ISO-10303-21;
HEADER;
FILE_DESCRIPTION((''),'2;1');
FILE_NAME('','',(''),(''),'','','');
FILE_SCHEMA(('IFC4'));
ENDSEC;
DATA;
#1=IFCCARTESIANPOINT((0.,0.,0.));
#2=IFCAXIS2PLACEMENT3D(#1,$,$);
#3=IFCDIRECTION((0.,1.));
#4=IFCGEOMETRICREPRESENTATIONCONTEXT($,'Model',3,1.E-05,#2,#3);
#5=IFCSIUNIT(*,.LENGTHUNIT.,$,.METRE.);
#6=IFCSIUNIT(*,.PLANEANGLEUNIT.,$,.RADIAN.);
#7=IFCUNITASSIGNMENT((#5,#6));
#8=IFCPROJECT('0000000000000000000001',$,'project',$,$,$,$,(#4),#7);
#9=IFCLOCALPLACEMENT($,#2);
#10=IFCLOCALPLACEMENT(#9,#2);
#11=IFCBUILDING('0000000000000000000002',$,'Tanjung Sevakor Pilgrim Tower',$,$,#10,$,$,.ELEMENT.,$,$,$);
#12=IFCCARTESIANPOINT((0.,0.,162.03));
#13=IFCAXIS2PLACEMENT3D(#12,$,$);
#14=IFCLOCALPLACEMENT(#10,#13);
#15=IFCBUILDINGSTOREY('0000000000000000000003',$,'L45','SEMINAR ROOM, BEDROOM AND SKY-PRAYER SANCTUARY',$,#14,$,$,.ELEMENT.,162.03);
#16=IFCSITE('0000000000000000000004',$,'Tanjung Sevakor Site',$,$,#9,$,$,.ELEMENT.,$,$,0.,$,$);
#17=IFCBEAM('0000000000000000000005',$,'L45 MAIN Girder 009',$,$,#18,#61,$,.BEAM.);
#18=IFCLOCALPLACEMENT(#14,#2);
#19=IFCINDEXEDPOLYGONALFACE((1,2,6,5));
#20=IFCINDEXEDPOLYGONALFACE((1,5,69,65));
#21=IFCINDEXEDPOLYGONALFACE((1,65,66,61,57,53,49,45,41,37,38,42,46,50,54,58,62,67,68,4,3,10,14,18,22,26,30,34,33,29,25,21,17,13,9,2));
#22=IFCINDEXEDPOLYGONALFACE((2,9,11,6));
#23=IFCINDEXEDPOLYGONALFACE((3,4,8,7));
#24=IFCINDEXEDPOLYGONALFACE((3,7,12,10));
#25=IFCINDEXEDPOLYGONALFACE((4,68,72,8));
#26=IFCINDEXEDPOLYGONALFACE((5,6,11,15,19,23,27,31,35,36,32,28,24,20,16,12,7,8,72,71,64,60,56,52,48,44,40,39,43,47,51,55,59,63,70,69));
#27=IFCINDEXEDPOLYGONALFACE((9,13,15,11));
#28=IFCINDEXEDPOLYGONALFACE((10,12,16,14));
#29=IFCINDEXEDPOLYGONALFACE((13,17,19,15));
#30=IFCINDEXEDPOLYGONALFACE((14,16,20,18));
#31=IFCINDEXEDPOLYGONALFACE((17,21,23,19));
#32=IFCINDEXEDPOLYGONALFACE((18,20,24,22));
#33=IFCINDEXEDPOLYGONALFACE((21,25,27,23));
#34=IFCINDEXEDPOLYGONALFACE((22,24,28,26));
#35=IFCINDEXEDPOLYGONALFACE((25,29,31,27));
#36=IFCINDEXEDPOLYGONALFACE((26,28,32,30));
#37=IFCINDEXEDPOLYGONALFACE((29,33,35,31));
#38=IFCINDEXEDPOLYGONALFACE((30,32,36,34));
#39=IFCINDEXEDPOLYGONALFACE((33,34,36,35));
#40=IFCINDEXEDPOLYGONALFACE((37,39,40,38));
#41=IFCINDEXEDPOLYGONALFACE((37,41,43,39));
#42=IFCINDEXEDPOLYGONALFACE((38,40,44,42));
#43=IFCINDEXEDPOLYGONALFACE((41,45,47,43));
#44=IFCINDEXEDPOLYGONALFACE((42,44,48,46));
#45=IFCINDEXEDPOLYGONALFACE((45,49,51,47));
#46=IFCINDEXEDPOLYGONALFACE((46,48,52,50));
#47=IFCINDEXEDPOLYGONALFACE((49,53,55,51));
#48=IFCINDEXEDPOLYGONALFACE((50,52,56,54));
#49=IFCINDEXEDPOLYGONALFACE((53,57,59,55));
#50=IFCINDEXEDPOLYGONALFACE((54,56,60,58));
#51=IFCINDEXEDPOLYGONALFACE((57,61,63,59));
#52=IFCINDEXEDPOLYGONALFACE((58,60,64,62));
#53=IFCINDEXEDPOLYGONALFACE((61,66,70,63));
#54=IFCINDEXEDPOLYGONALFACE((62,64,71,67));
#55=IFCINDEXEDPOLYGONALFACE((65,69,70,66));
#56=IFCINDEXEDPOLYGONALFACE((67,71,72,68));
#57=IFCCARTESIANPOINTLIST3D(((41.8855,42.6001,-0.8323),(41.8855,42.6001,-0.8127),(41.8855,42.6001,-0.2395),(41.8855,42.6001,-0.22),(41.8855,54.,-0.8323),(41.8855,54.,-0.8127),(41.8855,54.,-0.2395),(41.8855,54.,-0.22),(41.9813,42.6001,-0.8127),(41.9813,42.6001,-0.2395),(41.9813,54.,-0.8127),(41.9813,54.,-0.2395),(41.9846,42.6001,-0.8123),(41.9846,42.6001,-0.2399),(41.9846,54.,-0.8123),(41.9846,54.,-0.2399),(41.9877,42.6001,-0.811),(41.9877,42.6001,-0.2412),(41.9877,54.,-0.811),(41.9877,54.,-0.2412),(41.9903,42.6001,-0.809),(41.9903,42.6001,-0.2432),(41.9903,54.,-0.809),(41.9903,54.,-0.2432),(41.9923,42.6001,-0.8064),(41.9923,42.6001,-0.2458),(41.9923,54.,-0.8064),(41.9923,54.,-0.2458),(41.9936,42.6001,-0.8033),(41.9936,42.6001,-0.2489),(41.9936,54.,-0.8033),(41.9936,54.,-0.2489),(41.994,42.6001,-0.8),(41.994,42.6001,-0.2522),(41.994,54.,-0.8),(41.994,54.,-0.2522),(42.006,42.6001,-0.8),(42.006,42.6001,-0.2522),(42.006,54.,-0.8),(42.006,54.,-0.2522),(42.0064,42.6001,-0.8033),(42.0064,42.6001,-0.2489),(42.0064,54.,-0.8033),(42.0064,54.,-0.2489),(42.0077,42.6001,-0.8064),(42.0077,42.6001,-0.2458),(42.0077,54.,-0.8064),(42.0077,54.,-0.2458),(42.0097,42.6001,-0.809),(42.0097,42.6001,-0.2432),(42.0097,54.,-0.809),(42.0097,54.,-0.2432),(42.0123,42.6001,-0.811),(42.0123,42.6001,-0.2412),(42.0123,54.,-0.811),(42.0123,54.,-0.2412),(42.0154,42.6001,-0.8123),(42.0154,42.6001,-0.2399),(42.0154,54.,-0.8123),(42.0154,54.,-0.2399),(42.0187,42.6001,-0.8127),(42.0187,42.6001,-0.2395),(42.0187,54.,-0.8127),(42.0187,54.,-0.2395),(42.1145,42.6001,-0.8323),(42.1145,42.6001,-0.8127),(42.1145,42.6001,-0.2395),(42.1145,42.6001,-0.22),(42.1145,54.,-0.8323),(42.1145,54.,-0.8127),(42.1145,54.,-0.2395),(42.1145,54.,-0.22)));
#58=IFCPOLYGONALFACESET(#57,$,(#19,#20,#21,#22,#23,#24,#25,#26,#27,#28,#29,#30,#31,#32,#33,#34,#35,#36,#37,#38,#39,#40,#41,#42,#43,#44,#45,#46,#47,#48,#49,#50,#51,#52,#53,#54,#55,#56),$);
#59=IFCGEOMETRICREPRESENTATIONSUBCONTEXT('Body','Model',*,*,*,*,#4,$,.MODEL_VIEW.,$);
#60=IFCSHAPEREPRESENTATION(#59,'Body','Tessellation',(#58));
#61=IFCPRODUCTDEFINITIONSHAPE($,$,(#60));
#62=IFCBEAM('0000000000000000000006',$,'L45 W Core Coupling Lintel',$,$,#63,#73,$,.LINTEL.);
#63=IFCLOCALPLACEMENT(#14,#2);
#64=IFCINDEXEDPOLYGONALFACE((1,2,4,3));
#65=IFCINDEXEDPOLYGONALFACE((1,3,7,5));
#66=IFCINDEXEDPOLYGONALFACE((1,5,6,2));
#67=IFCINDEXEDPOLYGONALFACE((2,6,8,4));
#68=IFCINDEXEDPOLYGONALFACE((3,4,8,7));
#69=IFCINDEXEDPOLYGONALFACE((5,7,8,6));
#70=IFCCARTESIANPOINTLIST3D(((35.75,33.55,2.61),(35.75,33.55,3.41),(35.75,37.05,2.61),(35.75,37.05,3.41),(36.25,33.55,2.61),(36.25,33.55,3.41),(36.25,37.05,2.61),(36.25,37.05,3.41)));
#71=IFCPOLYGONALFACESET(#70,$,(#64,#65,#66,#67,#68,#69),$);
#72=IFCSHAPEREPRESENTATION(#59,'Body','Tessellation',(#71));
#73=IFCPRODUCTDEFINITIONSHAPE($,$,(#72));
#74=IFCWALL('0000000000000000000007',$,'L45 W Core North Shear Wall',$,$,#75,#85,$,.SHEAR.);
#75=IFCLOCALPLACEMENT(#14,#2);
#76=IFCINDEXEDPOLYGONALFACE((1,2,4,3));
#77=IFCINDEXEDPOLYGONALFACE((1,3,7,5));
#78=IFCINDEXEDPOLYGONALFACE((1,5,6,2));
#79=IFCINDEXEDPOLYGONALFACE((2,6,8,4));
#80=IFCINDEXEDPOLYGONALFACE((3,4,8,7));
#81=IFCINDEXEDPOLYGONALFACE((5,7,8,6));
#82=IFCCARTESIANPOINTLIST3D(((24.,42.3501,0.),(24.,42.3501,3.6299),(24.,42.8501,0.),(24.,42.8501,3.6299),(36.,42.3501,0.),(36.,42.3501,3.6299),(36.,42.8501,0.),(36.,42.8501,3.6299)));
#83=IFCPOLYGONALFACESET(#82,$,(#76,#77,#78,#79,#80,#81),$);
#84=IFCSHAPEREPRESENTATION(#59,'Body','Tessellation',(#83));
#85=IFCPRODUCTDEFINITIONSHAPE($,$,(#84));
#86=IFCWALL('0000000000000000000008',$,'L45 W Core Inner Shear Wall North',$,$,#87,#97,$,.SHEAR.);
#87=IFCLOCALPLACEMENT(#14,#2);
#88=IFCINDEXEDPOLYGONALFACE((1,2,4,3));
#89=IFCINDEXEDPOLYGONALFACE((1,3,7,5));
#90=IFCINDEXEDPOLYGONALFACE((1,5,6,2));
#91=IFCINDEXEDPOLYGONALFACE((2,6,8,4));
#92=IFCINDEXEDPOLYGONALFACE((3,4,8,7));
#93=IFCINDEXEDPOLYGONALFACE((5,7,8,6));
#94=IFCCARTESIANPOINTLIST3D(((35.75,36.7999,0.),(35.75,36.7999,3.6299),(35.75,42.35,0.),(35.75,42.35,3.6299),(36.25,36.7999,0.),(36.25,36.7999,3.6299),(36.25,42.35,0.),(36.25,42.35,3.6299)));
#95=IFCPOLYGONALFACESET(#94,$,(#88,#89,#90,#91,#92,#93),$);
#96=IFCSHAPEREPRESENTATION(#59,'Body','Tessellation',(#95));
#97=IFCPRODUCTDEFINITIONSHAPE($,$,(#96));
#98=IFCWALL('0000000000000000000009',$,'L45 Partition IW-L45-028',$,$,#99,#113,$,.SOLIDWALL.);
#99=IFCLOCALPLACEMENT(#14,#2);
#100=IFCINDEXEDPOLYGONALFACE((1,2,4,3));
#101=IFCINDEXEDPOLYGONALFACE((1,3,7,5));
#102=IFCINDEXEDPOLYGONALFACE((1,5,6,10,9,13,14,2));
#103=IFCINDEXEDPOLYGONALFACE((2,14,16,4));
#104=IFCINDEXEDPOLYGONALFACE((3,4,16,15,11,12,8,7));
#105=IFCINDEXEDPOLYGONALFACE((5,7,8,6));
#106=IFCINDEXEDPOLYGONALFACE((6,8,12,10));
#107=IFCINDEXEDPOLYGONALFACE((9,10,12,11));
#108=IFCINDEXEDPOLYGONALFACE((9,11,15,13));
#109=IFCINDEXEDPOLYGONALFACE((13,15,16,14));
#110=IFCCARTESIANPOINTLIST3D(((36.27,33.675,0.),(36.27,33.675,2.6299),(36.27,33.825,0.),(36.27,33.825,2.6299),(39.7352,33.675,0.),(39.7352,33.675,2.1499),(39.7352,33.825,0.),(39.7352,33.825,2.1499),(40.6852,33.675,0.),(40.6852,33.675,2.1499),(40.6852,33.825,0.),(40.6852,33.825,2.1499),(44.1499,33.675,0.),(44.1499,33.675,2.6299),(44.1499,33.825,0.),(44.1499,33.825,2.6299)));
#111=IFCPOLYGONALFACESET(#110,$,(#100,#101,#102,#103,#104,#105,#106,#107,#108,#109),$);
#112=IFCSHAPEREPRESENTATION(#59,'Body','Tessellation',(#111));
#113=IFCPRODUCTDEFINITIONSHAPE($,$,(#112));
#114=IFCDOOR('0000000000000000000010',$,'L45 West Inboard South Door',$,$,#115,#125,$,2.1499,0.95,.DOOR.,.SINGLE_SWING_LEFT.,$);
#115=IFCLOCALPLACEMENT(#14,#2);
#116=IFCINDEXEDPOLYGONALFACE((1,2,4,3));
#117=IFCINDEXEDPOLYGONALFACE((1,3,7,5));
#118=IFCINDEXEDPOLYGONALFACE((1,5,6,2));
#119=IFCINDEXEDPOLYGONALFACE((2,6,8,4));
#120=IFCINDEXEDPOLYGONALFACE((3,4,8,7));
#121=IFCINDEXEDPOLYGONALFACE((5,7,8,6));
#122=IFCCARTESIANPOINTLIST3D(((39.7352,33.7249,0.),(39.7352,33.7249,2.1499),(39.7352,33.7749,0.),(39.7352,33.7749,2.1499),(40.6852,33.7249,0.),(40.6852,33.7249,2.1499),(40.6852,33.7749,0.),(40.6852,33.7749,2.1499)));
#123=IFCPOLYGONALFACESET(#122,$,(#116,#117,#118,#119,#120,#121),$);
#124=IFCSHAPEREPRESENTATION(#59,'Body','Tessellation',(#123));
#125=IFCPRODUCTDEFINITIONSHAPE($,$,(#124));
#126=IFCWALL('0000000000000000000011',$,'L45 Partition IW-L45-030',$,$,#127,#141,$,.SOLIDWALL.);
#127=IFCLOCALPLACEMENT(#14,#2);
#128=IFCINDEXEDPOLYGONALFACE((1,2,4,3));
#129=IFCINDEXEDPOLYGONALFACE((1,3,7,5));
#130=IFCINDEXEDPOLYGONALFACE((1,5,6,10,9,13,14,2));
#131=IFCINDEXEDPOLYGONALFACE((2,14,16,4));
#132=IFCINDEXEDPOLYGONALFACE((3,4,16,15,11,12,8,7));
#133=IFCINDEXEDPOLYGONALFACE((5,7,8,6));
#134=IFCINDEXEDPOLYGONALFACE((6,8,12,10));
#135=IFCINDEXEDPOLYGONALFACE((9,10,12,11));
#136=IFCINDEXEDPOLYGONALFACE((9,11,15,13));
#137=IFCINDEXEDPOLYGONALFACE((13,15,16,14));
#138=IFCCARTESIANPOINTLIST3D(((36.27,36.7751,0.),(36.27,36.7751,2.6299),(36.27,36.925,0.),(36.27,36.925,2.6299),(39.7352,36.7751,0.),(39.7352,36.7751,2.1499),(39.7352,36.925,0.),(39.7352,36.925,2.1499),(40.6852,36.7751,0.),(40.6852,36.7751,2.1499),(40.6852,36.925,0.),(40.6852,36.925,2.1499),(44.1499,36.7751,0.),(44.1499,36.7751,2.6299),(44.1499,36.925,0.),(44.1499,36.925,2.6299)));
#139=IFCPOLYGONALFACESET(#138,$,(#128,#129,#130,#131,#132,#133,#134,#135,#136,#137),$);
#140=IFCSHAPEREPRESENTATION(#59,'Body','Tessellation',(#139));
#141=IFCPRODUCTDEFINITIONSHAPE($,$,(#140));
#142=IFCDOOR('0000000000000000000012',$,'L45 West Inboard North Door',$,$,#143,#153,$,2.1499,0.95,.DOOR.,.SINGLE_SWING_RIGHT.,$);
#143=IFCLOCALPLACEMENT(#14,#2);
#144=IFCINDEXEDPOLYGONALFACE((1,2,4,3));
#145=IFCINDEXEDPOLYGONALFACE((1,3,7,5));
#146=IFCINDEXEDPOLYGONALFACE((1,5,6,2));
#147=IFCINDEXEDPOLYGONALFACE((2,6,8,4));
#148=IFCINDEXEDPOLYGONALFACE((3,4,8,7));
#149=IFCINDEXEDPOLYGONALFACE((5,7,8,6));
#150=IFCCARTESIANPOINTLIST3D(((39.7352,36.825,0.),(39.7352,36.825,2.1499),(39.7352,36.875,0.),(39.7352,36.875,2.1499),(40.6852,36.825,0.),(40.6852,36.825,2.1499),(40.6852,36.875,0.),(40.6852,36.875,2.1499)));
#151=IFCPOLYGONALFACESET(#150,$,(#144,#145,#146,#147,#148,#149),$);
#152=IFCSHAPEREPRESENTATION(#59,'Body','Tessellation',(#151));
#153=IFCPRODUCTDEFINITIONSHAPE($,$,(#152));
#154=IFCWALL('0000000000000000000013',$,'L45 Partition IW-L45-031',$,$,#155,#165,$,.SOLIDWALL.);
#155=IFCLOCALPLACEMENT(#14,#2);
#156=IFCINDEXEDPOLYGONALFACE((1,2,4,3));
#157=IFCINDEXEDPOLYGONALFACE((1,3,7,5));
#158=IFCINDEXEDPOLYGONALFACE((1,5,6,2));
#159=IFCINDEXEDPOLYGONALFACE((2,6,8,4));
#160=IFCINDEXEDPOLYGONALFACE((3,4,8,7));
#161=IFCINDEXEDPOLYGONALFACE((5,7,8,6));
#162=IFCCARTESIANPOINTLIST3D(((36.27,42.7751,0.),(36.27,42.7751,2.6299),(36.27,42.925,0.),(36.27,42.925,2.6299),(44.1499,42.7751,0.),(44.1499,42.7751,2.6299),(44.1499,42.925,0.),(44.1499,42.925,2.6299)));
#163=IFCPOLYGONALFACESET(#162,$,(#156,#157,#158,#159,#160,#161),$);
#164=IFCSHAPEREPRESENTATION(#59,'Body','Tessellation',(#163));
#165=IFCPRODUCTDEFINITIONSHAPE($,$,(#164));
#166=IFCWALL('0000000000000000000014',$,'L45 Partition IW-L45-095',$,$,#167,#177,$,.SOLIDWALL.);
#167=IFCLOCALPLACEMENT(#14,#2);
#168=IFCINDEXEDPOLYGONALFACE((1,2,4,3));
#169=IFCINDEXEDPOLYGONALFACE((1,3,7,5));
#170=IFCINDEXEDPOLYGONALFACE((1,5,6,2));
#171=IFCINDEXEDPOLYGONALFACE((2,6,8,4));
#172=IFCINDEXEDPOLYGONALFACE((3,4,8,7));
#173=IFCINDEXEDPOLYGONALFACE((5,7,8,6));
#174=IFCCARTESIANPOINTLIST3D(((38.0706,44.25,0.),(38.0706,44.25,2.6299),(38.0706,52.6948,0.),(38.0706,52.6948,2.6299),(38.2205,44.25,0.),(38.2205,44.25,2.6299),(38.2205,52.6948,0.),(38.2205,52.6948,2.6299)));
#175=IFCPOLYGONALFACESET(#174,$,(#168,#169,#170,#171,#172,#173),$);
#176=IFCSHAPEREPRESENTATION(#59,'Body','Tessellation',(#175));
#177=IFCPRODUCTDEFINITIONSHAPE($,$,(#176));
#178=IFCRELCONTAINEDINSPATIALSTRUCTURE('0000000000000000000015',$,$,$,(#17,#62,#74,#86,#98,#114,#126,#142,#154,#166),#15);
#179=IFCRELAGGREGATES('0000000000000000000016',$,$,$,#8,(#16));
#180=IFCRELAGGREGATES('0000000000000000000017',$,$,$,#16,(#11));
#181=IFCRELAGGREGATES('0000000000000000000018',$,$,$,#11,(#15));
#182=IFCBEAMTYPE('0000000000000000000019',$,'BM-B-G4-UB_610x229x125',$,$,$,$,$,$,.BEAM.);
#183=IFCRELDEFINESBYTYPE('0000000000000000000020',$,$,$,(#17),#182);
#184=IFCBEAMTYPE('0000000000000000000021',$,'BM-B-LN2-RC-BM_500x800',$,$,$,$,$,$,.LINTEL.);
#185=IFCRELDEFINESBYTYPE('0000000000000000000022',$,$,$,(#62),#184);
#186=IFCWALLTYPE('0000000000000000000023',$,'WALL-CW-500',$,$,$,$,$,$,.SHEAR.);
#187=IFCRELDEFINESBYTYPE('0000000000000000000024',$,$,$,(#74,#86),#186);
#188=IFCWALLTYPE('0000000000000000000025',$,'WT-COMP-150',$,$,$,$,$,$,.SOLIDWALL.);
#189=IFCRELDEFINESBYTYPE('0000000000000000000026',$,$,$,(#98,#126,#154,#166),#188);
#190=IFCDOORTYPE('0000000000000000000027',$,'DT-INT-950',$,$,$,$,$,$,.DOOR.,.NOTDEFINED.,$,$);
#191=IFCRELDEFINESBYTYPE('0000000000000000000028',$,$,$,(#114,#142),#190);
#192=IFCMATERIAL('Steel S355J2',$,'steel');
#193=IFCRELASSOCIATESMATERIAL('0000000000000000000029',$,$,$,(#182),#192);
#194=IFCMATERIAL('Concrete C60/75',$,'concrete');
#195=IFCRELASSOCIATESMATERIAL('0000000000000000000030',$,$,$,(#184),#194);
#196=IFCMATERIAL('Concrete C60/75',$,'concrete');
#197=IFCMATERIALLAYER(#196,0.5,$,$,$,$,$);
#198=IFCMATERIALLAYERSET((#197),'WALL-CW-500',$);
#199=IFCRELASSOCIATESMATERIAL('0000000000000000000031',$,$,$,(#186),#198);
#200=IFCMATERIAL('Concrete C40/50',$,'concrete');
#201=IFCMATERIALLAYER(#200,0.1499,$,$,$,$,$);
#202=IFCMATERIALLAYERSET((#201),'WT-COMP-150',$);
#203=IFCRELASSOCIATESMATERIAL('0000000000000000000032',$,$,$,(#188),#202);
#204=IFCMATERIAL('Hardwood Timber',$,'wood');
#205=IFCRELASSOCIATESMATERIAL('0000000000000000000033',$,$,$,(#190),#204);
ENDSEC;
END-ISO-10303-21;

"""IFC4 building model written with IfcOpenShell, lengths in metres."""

from ifc_helpers import new_model, si_unit, direction, frame, frame_2d, origin, origin_2d, place, context, subcontext, project, spatial, rectangle, i_section, extrude, material, layer, layer_set, material_profile, profile_set, type_object, element, fill, save


model = new_model("IFC4")

# Units and contexts
model_context = context("Model", 3, precision=1e-05, world=origin(), true_north=direction((0.0, 1.0)))
body_context = subcontext(model_context, "Body", "Model", "MODEL_VIEW")
ifc_project = project(units=[si_unit("LENGTHUNIT", "METRE"), si_unit("PLANEANGLEUNIT", "RADIAN")], contexts=[model_context])

# Site, building, storey
site_placement = place(None, origin())
site = spatial("IfcSite", under=ifc_project, at=site_placement, Name="Tanjung Sevakor Site", CompositionType="ELEMENT", RefElevation=0.0)
building_placement = place(site_placement, origin())
building = spatial("IfcBuilding", under=site, at=building_placement, Name="Tanjung Sevakor Pilgrim Tower", CompositionType="ELEMENT")
storey_placement = place(building_placement, frame((0.0, 0.0, 162.03)))
storey = spatial("IfcBuildingStorey", under=building, at=storey_placement, Name="L45", Description="SEMINAR ROOM, BEDROOM AND SKY-PRAYER SANCTUARY", CompositionType="ELEMENT", Elevation=162.03)

# Beams
ifc_material_1 = material(Name="Steel S355J2", Category="steel")
ifc_material_profile_1 = material_profile(ifc_material_1, i_section(OverallWidth=0.229, OverallDepth=0.6123, WebThickness=0.012, FlangeThickness=0.0195, FilletRadius=0.0127, at=origin_2d()))
ifc_profile_set_1 = profile_set([ifc_material_profile_1], Name="Steel S355J2")
beam_type_1 = type_object("IfcBeamType", Name="BM-B-G4-UB_610x229x125", PredefinedType="BEAM", material=ifc_profile_set_1)
beam_1_placement = place(storey_placement, frame((42.0, 42.6001, -0.5261), z_axis=(0.0, 1.0, 0.0), x_axis=(-1.0, 0.0, 0.0)))
element("IfcBeam", 1, at=beam_1_placement, inside=storey, type_object=beam_type_1, Name="L45 MAIN Girder 009", PredefinedType="BEAM", context=body_context, shape_type="SweptSolid", body=[
    extrude(i_section(OverallWidth=0.229, OverallDepth=0.6123, WebThickness=0.012, FlangeThickness=0.0195, FilletRadius=0.0127, at=origin_2d()), origin(), (0.0, 0.0, 1.0), 11.3999),
])
ifc_material_2 = material(Name="Concrete C60/75", Category="concrete")
ifc_material_profile_2 = material_profile(ifc_material_2, rectangle(XDim=0.5, YDim=0.8, at=origin_2d()))
ifc_profile_set_2 = profile_set([ifc_material_profile_2], Name="Concrete C60/75")
beam_type_2 = type_object("IfcBeamType", Name="BM-B-LN2-RC-BM_500x800", PredefinedType="LINTEL", material=ifc_profile_set_2)
beam_2_placement = place(storey_placement, frame((36.0, 33.55, 3.01), z_axis=(0.0, 1.0, 0.0), x_axis=(-1.0, 0.0, 0.0)))
element("IfcBeam", 2, at=beam_2_placement, inside=storey, type_object=beam_type_2, Name="L45 W Core Coupling Lintel", PredefinedType="LINTEL", context=body_context, shape_type="SweptSolid", body=[
    extrude(rectangle(XDim=0.5, YDim=0.8, at=origin_2d()), origin(), (0.0, 0.0, 1.0), 3.5),
])

# Walls
ifc_material_3 = material(Name="Concrete C60/75", Category="concrete")
ifc_layer_1 = layer(ifc_material_3, 0.5)
ifc_layer_set_1 = layer_set([ifc_layer_1], Name="WALL-CW-500")
wall_type_1 = type_object("IfcWallType", Name="WALL-CW-500", PredefinedType="SHEAR", material=ifc_layer_set_1)
wall_1_placement = place(storey_placement, frame((36.0, 42.6001, 0.0), z_axis=(0.0, 0.0, 1.0), x_axis=(-1.0, 0.0, 0.0)))
element("IfcWall", 3, at=wall_1_placement, inside=storey, type_object=wall_type_1, Name="L45 W Core North Shear Wall", PredefinedType="SHEAR", context=body_context, shape_type="SweptSolid", body=[
    extrude(rectangle(XDim=12.0, YDim=0.5, at=frame_2d((6.0, 0.0))), origin(), (0.0, 0.0, 1.0), 3.6299),
])
wall_2_placement = place(storey_placement, frame((36.0, 36.8, 0.0), z_axis=(0.0, 0.0, 1.0), x_axis=(0.0, 1.0, 0.0)))
element("IfcWall", 4, at=wall_2_placement, inside=storey, type_object=wall_type_1, Name="L45 W Core Inner Shear Wall North", PredefinedType="SHEAR", context=body_context, shape_type="SweptSolid", body=[
    extrude(rectangle(XDim=5.55, YDim=0.5, at=frame_2d((2.7749, 0.0))), origin(), (0.0, 0.0, 1.0), 3.6299),
])

# Walls, openings, doors
ifc_material_4 = material(Name="Concrete C40/50", Category="concrete")
ifc_layer_2 = layer(ifc_material_4, 0.1499)
ifc_layer_set_2 = layer_set([ifc_layer_2], Name="WT-COMP-150")
wall_type_2 = type_object("IfcWallType", Name="WT-COMP-150", PredefinedType="SOLIDWALL", material=ifc_layer_set_2)
wall_3_placement = place(storey_placement, frame((36.27, 33.75, 0.0), z_axis=(0.0, 0.0, 1.0), x_axis=(1.0, 0.0, 0.0)))
wall_3 = element("IfcWall", 5, at=wall_3_placement, inside=storey, type_object=wall_type_2, Name="L45 Partition IW-L45-028", PredefinedType="SOLIDWALL", context=body_context, shape_type="SweptSolid", body=[
    extrude(rectangle(XDim=7.8799, YDim=0.1499, at=frame_2d((3.9399, 0.0))), origin(), (0.0, 0.0, 1.0), 2.6299),
])
opening_1_placement = place(wall_3_placement, frame((3.4651, 0.0, 0.0)))
opening_1 = element("IfcOpeningElement", 6, at=opening_1_placement, cuts=wall_3, PredefinedType="OPENING", context=body_context, shape_type="SweptSolid", body=[
    extrude(rectangle(XDim=0.95, YDim=2.1499, at=frame_2d((0.4751, 1.075))), frame((0.0, 0.085, 0.0), z_axis=(0.0, -1.0, 0.0), x_axis=(1.0, 0.0, 0.0)), (0.0, 0.0, 1.0), 0.1699),
])
ifc_material_5 = material(Name="Hardwood Timber", Category="wood")
door_type_1 = type_object("IfcDoorType", Name="DT-INT-950", OperationType="NOTDEFINED", PredefinedType="DOOR", material=ifc_material_5)
door_1_placement = place(opening_1_placement, origin())
door_1 = element("IfcDoor", 7, at=door_1_placement, inside=storey, type_object=door_type_1, Name="L45 West Inboard South Door", OperationType="SINGLE_SWING_LEFT", OverallHeight=2.1499, OverallWidth=0.95, PredefinedType="DOOR", context=body_context, shape_type="SweptSolid", body=[
    extrude(rectangle(XDim=0.95, YDim=2.1499, at=frame_2d((0.4751, 1.075))), frame((0.0, 0.0249, 0.0), z_axis=(0.0, -1.0, 0.0), x_axis=(1.0, 0.0, 0.0)), (0.0, 0.0, 1.0), 0.05),
])
fill(opening_1, door_1)
wall_4_placement = place(storey_placement, frame((36.27, 36.8501, 0.0), z_axis=(0.0, 0.0, 1.0), x_axis=(1.0, 0.0, 0.0)))
wall_4 = element("IfcWall", 8, at=wall_4_placement, inside=storey, type_object=wall_type_2, Name="L45 Partition IW-L45-030", PredefinedType="SOLIDWALL", context=body_context, shape_type="SweptSolid", body=[
    extrude(rectangle(XDim=7.8799, YDim=0.1499, at=frame_2d((3.9399, 0.0))), origin(), (0.0, 0.0, 1.0), 2.6299),
])
opening_2_placement = place(wall_4_placement, frame((3.4651, 0.0, 0.0)))
opening_2 = element("IfcOpeningElement", 9, at=opening_2_placement, cuts=wall_4, PredefinedType="OPENING", context=body_context, shape_type="SweptSolid", body=[
    extrude(rectangle(XDim=0.95, YDim=2.1499, at=frame_2d((0.4751, 1.075))), frame((0.0, 0.085, 0.0), z_axis=(0.0, -1.0, 0.0), x_axis=(1.0, 0.0, 0.0)), (0.0, 0.0, 1.0), 0.1699),
])
door_2_placement = place(opening_2_placement, origin())
door_2 = element("IfcDoor", 10, at=door_2_placement, inside=storey, type_object=door_type_1, Name="L45 West Inboard North Door", OperationType="SINGLE_SWING_RIGHT", OverallHeight=2.1499, OverallWidth=0.95, PredefinedType="DOOR", context=body_context, shape_type="SweptSolid", body=[
    extrude(rectangle(XDim=0.95, YDim=2.1499, at=frame_2d((0.4751, 1.075))), frame((0.0, 0.0249, 0.0), z_axis=(0.0, -1.0, 0.0), x_axis=(1.0, 0.0, 0.0)), (0.0, 0.0, 1.0), 0.05),
])
fill(opening_2, door_2)

# Walls
wall_5_placement = place(storey_placement, frame((36.27, 42.8501, 0.0), z_axis=(0.0, 0.0, 1.0), x_axis=(1.0, 0.0, 0.0)))
element("IfcWall", 11, at=wall_5_placement, inside=storey, type_object=wall_type_2, Name="L45 Partition IW-L45-031", PredefinedType="SOLIDWALL", context=body_context, shape_type="SweptSolid", body=[
    extrude(rectangle(XDim=7.8799, YDim=0.1499, at=frame_2d((3.9399, 0.0))), origin(), (0.0, 0.0, 1.0), 2.6299),
])
wall_6_placement = place(storey_placement, frame((38.1455, 44.25, 0.0), z_axis=(0.0, 0.0, 1.0), x_axis=(0.0, 1.0, 0.0)))
element("IfcWall", 12, at=wall_6_placement, inside=storey, type_object=wall_type_2, Name="L45 Partition IW-L45-095", PredefinedType="SOLIDWALL", context=body_context, shape_type="SweptSolid", body=[
    extrude(rectangle(XDim=8.4448, YDim=0.1499, at=frame_2d((4.2224, 0.0))), origin(), (0.0, 0.0, 1.0), 2.6299),
])

save(model, "model.ifc")
